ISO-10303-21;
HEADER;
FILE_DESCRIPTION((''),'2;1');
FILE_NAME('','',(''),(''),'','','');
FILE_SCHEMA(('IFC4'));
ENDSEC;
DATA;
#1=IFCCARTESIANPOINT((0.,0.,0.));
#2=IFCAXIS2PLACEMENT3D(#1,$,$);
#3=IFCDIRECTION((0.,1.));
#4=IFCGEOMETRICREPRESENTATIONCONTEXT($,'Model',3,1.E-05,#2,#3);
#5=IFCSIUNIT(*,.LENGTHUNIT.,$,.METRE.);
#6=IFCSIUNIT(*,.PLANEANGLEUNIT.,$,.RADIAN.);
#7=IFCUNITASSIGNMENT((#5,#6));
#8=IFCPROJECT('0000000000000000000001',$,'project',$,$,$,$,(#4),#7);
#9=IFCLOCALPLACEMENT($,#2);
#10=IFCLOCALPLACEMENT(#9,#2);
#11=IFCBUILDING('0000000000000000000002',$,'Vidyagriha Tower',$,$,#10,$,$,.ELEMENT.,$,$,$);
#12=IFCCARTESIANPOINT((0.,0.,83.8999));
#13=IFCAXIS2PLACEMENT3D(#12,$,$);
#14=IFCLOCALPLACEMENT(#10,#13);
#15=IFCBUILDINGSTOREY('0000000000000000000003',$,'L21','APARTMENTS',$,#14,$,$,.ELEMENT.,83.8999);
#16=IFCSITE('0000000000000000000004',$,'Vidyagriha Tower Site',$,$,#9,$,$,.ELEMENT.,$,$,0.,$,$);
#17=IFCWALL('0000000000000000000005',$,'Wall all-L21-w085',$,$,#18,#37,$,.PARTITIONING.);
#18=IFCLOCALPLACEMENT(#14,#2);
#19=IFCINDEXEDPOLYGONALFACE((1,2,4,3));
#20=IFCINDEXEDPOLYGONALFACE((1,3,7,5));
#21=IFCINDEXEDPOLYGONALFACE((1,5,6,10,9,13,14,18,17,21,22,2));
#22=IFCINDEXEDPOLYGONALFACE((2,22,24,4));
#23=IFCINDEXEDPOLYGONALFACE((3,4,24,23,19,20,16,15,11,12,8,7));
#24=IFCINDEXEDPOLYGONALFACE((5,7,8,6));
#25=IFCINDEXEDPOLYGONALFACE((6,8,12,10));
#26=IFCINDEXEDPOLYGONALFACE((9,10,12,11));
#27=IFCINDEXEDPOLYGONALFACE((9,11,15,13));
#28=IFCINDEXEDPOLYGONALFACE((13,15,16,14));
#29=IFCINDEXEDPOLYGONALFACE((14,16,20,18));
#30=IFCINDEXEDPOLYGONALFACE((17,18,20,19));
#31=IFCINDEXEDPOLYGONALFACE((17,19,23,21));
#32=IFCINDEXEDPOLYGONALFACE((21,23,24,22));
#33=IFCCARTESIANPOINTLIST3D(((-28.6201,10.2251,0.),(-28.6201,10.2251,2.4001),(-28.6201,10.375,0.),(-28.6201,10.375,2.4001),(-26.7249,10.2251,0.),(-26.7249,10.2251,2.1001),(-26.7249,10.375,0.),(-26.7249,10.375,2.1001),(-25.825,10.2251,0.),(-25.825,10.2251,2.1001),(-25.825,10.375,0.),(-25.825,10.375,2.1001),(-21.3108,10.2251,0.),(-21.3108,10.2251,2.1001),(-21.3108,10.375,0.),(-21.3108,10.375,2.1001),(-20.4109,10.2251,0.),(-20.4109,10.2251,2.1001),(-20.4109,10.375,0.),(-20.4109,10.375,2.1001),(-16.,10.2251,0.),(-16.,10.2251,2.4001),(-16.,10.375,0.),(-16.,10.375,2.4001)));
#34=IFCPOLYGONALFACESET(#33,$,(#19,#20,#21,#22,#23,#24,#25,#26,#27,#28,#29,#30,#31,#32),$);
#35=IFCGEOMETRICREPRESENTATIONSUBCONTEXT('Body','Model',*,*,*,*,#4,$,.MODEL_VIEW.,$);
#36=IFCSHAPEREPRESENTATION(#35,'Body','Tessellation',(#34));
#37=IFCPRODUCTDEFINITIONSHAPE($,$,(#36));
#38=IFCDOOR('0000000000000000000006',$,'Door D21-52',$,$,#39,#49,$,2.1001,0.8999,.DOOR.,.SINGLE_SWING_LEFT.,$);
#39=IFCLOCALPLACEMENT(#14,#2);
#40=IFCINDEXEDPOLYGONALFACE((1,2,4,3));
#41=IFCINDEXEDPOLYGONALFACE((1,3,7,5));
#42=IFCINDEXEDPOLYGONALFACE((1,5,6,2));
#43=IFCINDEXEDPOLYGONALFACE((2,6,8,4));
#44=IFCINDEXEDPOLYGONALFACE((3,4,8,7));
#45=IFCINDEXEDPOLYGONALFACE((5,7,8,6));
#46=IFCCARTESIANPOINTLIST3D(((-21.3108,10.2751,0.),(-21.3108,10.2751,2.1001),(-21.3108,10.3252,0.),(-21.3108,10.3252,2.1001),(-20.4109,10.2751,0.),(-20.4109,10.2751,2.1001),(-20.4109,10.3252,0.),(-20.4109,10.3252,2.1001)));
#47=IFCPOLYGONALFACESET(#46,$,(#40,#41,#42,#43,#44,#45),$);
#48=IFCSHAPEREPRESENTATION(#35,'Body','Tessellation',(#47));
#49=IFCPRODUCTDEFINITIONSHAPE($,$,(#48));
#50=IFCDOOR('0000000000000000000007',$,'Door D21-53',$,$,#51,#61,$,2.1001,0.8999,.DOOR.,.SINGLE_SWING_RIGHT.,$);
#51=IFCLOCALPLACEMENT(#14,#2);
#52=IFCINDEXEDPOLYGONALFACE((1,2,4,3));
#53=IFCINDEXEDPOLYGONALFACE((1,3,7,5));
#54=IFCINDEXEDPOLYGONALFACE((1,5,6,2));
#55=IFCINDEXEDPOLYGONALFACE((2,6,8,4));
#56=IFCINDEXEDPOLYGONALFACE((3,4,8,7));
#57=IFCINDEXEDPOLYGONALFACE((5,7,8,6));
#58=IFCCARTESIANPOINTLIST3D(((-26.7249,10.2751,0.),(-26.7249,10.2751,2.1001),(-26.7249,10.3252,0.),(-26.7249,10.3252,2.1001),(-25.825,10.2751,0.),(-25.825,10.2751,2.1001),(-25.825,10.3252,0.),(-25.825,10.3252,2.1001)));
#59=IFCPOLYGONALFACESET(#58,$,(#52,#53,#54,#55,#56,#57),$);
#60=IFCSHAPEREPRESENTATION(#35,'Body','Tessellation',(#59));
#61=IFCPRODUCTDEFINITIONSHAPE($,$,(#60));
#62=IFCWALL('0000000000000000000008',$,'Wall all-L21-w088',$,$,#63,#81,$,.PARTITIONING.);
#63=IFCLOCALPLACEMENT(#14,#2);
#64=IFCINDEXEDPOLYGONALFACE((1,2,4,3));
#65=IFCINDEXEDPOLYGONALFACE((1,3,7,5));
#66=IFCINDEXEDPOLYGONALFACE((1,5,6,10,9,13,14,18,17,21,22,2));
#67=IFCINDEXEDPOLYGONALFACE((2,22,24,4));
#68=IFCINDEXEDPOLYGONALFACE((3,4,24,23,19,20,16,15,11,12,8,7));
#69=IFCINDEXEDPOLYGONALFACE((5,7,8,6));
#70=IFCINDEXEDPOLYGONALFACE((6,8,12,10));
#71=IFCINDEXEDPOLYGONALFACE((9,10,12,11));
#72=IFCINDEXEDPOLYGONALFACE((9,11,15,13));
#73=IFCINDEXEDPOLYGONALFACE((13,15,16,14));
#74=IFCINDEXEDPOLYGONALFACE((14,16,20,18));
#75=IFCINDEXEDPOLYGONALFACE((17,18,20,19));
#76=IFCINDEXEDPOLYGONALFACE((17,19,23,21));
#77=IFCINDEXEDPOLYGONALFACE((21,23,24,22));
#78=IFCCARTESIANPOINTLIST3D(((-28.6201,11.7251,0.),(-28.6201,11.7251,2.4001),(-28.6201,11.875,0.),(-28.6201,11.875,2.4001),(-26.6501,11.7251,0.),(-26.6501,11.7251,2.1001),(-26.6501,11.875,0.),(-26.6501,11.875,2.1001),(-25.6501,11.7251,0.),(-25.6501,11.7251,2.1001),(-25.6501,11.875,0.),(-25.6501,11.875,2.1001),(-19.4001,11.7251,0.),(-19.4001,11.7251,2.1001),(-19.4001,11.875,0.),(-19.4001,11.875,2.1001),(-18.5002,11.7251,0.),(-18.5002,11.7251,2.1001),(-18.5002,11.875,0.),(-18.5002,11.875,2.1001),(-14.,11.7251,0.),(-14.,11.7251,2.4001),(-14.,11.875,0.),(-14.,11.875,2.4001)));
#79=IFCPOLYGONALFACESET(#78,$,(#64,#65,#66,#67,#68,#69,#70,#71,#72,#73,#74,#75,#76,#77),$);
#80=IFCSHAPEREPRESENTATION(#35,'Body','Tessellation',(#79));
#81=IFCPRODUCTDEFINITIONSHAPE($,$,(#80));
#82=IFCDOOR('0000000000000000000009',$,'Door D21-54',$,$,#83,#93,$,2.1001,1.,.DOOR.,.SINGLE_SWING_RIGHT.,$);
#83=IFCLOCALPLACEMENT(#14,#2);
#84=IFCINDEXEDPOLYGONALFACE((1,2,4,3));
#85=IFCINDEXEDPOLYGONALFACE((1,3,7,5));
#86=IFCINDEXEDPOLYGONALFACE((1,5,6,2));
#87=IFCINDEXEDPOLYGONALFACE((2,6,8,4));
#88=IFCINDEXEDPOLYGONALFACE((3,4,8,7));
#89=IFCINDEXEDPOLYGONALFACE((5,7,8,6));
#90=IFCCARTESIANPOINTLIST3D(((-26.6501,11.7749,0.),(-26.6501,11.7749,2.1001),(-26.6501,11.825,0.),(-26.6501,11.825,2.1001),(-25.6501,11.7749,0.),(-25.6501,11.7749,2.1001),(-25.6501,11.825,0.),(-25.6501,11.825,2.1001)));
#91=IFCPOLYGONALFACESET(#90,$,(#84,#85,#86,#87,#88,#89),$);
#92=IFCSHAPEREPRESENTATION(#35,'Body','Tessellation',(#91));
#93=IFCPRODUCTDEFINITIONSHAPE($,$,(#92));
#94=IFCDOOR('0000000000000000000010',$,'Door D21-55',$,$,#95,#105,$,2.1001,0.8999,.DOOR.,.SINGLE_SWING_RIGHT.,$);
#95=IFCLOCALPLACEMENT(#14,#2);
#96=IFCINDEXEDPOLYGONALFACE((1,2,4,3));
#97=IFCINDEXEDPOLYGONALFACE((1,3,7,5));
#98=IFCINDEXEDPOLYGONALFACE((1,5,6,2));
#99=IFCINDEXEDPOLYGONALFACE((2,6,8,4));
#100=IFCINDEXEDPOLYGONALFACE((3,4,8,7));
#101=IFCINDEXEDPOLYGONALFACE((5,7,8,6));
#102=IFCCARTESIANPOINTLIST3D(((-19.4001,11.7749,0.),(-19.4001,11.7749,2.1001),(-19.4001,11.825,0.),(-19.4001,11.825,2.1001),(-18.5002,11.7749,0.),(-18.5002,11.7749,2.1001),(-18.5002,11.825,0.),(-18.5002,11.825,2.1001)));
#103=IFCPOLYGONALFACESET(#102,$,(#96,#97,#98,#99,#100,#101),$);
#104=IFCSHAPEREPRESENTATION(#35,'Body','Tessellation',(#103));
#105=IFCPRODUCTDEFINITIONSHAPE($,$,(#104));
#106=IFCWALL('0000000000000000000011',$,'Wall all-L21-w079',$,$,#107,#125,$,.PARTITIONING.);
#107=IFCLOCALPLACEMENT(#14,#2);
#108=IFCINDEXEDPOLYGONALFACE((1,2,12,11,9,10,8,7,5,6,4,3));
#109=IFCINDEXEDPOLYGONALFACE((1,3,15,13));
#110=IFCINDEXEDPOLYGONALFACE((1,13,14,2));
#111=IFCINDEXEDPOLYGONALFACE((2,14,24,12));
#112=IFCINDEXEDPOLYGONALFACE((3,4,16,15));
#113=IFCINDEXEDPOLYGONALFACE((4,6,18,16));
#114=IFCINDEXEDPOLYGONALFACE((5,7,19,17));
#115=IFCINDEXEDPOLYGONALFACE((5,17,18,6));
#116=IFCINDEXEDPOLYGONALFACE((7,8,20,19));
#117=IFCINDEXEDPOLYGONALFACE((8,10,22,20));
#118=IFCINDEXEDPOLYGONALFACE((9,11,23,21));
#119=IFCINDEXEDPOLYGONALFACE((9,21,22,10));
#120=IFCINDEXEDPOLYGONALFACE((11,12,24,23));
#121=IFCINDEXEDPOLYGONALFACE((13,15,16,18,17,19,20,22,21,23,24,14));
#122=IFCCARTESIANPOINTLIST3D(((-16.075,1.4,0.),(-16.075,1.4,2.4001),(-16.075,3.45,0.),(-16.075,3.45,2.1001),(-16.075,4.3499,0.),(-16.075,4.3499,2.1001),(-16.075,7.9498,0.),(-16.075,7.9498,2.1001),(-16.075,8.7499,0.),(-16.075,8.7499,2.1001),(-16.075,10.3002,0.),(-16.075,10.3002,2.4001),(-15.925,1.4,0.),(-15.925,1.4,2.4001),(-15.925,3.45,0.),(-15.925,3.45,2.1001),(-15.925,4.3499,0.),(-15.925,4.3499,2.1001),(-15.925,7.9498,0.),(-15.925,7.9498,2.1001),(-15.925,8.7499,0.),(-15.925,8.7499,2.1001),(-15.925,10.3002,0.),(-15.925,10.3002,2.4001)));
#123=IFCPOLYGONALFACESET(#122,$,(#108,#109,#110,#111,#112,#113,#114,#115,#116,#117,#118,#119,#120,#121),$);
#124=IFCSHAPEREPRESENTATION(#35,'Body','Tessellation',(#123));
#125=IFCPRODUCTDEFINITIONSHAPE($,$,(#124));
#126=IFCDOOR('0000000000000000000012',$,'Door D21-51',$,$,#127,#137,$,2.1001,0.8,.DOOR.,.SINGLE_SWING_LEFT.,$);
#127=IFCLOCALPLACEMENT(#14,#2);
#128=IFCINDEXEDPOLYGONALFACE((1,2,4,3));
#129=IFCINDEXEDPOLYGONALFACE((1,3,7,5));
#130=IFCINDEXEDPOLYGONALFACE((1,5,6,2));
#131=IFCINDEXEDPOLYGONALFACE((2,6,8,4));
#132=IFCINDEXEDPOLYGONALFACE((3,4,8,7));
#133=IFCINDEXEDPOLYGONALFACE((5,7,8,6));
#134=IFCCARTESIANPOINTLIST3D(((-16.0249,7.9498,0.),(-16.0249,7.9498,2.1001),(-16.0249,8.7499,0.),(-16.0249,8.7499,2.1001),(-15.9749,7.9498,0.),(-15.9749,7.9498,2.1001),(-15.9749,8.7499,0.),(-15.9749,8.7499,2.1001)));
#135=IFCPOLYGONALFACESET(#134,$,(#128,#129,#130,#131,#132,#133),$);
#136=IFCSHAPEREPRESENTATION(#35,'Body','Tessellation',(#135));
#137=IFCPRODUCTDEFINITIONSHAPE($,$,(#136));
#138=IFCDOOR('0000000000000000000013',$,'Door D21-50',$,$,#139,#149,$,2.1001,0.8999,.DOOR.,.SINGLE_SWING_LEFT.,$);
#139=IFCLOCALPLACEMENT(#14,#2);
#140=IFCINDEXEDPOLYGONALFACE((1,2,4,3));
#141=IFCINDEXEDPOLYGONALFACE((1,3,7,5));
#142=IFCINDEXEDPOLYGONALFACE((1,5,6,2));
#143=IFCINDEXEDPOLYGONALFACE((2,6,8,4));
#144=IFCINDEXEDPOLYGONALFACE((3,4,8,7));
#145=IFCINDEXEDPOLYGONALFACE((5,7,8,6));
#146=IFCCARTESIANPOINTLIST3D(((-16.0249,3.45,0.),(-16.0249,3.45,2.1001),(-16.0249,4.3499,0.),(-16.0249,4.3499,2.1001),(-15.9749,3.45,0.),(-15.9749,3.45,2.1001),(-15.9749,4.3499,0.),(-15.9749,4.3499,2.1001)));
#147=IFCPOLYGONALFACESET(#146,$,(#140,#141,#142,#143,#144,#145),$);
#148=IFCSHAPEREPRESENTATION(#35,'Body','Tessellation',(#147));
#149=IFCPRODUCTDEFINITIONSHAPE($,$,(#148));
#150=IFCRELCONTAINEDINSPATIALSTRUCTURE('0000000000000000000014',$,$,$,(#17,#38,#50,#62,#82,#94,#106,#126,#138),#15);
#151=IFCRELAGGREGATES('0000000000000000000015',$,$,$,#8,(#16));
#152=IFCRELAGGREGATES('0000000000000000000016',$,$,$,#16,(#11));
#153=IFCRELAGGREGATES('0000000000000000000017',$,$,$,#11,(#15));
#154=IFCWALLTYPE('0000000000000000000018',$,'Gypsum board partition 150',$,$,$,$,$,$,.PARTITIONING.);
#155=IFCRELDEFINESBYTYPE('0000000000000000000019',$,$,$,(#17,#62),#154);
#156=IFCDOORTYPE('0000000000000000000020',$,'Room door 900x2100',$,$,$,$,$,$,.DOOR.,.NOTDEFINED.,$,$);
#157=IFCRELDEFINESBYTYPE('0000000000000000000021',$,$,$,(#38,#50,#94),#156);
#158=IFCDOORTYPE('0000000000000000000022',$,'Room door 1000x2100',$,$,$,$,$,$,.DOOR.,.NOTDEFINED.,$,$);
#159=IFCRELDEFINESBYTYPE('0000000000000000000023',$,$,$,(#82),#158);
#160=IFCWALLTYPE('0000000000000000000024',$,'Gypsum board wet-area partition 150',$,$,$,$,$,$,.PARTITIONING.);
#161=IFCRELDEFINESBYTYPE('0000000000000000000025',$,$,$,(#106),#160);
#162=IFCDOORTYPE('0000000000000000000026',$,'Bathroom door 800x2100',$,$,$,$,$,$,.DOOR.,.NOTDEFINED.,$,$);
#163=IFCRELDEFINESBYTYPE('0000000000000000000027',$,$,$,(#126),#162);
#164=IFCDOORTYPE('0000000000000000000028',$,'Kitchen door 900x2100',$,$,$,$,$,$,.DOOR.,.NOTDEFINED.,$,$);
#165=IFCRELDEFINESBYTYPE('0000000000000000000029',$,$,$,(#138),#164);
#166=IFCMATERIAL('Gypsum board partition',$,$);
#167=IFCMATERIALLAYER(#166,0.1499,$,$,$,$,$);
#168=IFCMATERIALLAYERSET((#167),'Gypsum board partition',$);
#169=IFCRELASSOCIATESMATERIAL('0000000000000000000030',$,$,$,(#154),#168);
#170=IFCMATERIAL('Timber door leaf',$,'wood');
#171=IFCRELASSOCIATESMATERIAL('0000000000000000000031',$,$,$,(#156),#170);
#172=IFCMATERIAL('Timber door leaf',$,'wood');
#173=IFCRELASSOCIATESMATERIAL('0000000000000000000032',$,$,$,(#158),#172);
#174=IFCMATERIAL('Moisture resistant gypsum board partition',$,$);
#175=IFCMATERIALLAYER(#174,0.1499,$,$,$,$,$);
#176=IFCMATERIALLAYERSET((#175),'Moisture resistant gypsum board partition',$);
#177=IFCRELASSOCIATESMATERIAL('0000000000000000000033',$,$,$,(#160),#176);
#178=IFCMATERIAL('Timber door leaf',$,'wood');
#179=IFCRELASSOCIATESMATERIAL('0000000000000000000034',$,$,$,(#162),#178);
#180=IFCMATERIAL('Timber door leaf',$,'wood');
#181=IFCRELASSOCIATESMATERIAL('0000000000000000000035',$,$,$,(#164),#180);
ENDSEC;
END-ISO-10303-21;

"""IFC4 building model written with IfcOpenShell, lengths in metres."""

from ifc_helpers import new_model, si_unit, direction, frame, frame_2d, origin, place, context, subcontext, project, spatial, rectangle, extrude, material, layer, layer_set, type_object, element, fill, save


model = new_model("IFC4")

# Units and contexts
model_context = context("Model", 3, precision=1e-05, world=origin(), true_north=direction((0.0, 1.0)))
body_context = subcontext(model_context, "Body", "Model", "MODEL_VIEW")
ifc_project = project(units=[si_unit("LENGTHUNIT", "METRE"), si_unit("PLANEANGLEUNIT", "RADIAN")], contexts=[model_context])

# Site, building, storey
site_placement = place(None, origin())
site = spatial("IfcSite", under=ifc_project, at=site_placement, Name="Vidyagriha Tower Site", CompositionType="ELEMENT", RefElevation=0.0)
building_placement = place(site_placement, origin())
building = spatial("IfcBuilding", under=site, at=building_placement, Name="Vidyagriha Tower", CompositionType="ELEMENT")
storey_placement = place(building_placement, frame((0.0, 0.0, 83.8999)))
storey = spatial("IfcBuildingStorey", under=building, at=storey_placement, Name="L21", Description="APARTMENTS", CompositionType="ELEMENT", Elevation=83.8999)

# Shared definitions
ifc_material_1 = material(Name="Gypsum board partition")
ifc_layer_1 = layer(ifc_material_1, 0.1499)
ifc_layer_set_1 = layer_set([ifc_layer_1], Name="Gypsum board partition")
wall_type_1 = type_object("IfcWallType", Name="Gypsum board partition 150", PredefinedType="PARTITIONING", material=ifc_layer_set_1)

# Walls, openings, doors
wall_1_placement = place(storey_placement, frame((-16.0, 10.3, 0.0), z_axis=(0.0, 0.0, 1.0), x_axis=(-1.0, 0.0, 0.0)))
wall_1 = element("IfcWall", 1, at=wall_1_placement, inside=storey, type_object=wall_type_1, Name="Wall all-L21-w085", PredefinedType="PARTITIONING", context=body_context, shape_type="SweptSolid", body=[
    extrude(rectangle(XDim=12.6201, YDim=0.1499, at=frame_2d((6.3101, 0.0))), origin(), (0.0, 0.0, 1.0), 2.4001),
])
opening_1_placement = place(wall_1_placement, frame((4.4109, 0.0, 0.0)))
opening_1 = element("IfcOpeningElement", 2, at=opening_1_placement, cuts=wall_1, PredefinedType="OPENING", context=body_context, shape_type="SweptSolid", body=[
    extrude(rectangle(XDim=0.8999, YDim=2.1001, at=frame_2d((0.45, 1.05))), frame((0.0, 0.085, 0.0), z_axis=(0.0, -1.0, 0.0), x_axis=(1.0, 0.0, 0.0)), (0.0, 0.0, 1.0), 0.1699),
])
opening_2_placement = place(wall_1_placement, frame((9.825, 0.0, 0.0)))
opening_2 = element("IfcOpeningElement", 3, at=opening_2_placement, cuts=wall_1, PredefinedType="OPENING", context=body_context, shape_type="SweptSolid", body=[
    extrude(rectangle(XDim=0.8999, YDim=2.1001, at=frame_2d((0.45, 1.05))), frame((0.0, 0.085, 0.0), z_axis=(0.0, -1.0, 0.0), x_axis=(1.0, 0.0, 0.0)), (0.0, 0.0, 1.0), 0.1699),
])
ifc_material_2 = material(Name="Timber door leaf", Category="wood")
door_type_1 = type_object("IfcDoorType", Name="Room door 900x2100", OperationType="NOTDEFINED", PredefinedType="DOOR", material=ifc_material_2)
door_1_placement = place(opening_1_placement, origin())
door_1 = element("IfcDoor", 4, at=door_1_placement, inside=storey, type_object=door_type_1, Name="Door D21-52", OperationType="SINGLE_SWING_LEFT", OverallHeight=2.1001, OverallWidth=0.8999, PredefinedType="DOOR", context=body_context, shape_type="SweptSolid", body=[
    extrude(rectangle(XDim=0.8999, YDim=2.1001, at=frame_2d((0.45, 1.05))), frame((0.0, 0.0249, 0.0), z_axis=(0.0, -1.0, 0.0), x_axis=(1.0, 0.0, 0.0)), (0.0, 0.0, 1.0), 0.05),
])
fill(opening_1, door_1)
door_2_placement = place(opening_2_placement, origin())
door_2 = element("IfcDoor", 5, at=door_2_placement, inside=storey, type_object=door_type_1, Name="Door D21-53", OperationType="SINGLE_SWING_RIGHT", OverallHeight=2.1001, OverallWidth=0.8999, PredefinedType="DOOR", context=body_context, shape_type="SweptSolid", body=[
    extrude(rectangle(XDim=0.8999, YDim=2.1001, at=frame_2d((0.45, 1.05))), frame((0.0, 0.0249, 0.0), z_axis=(0.0, -1.0, 0.0), x_axis=(1.0, 0.0, 0.0)), (0.0, 0.0, 1.0), 0.05),
])
fill(opening_2, door_2)
wall_2_placement = place(storey_placement, frame((-28.6201, 11.8, 0.0)))
wall_2 = element("IfcWall", 6, at=wall_2_placement, inside=storey, type_object=wall_type_1, Name="Wall all-L21-w088", PredefinedType="PARTITIONING", context=body_context, shape_type="SweptSolid", body=[
    extrude(rectangle(XDim=14.6201, YDim=0.1499, at=frame_2d((7.3101, 0.0))), origin(), (0.0, 0.0, 1.0), 2.4001),
])
opening_3_placement = place(wall_2_placement, frame((1.97, 0.0, 0.0)))
opening_3 = element("IfcOpeningElement", 7, at=opening_3_placement, cuts=wall_2, PredefinedType="OPENING", context=body_context, shape_type="SweptSolid", body=[
    extrude(rectangle(XDim=1.0, YDim=2.1001, at=frame_2d((0.5, 1.05))), frame((0.0, 0.085, 0.0), z_axis=(0.0, -1.0, 0.0), x_axis=(1.0, 0.0, 0.0)), (0.0, 0.0, 1.0), 0.1699),
])
opening_4_placement = place(wall_2_placement, frame((9.22, 0.0, 0.0)))
opening_4 = element("IfcOpeningElement", 8, at=opening_4_placement, cuts=wall_2, PredefinedType="OPENING", context=body_context, shape_type="SweptSolid", body=[
    extrude(rectangle(XDim=0.8999, YDim=2.1001, at=frame_2d((0.45, 1.05))), frame((0.0, 0.085, 0.0), z_axis=(0.0, -1.0, 0.0), x_axis=(1.0, 0.0, 0.0)), (0.0, 0.0, 1.0), 0.1699),
])
ifc_material_3 = material(Name="Timber door leaf", Category="wood")
door_type_2 = type_object("IfcDoorType", Name="Room door 1000x2100", OperationType="NOTDEFINED", PredefinedType="DOOR", material=ifc_material_3)
door_3_placement = place(opening_3_placement, origin())
door_3 = element("IfcDoor", 9, at=door_3_placement, inside=storey, type_object=door_type_2, Name="Door D21-54", OperationType="SINGLE_SWING_RIGHT", OverallHeight=2.1001, OverallWidth=1.0, PredefinedType="DOOR", context=body_context, shape_type="SweptSolid", body=[
    extrude(rectangle(XDim=1.0, YDim=2.1001, at=frame_2d((0.5, 1.05))), frame((0.0, 0.0249, 0.0), z_axis=(0.0, -1.0, 0.0), x_axis=(1.0, 0.0, 0.0)), (0.0, 0.0, 1.0), 0.05),
])
fill(opening_3, door_3)
door_4_placement = place(opening_4_placement, origin())
door_4 = element("IfcDoor", 10, at=door_4_placement, inside=storey, type_object=door_type_1, Name="Door D21-55", OperationType="SINGLE_SWING_RIGHT", OverallHeight=2.1001, OverallWidth=0.8999, PredefinedType="DOOR", context=body_context, shape_type="SweptSolid", body=[
    extrude(rectangle(XDim=0.8999, YDim=2.1001, at=frame_2d((0.45, 1.05))), frame((0.0, 0.0249, 0.0), z_axis=(0.0, -1.0, 0.0), x_axis=(1.0, 0.0, 0.0)), (0.0, 0.0, 1.0), 0.05),
])
fill(opening_4, door_4)
ifc_material_4 = material(Name="Moisture resistant gypsum board partition")
ifc_layer_2 = layer(ifc_material_4, 0.1499)
ifc_layer_set_2 = layer_set([ifc_layer_2], Name="Moisture resistant gypsum board partition")
wall_type_2 = type_object("IfcWallType", Name="Gypsum board wet-area partition 150", PredefinedType="PARTITIONING", material=ifc_layer_set_2)
wall_3_placement = place(storey_placement, frame((-16.0, 1.3999, 0.0), z_axis=(0.0, 0.0, 1.0), x_axis=(0.0, 1.0, 0.0)))
wall_3 = element("IfcWall", 11, at=wall_3_placement, inside=storey, type_object=wall_type_2, Name="Wall all-L21-w079", PredefinedType="PARTITIONING", context=body_context, shape_type="SweptSolid", body=[
    extrude(rectangle(XDim=8.9001, YDim=0.1499, at=frame_2d((4.4502, 0.0))), origin(), (0.0, 0.0, 1.0), 2.4001),
])
opening_5_placement = place(wall_3_placement, frame((2.05, 0.0, 0.0)))
opening_5 = element("IfcOpeningElement", 12, at=opening_5_placement, cuts=wall_3, PredefinedType="OPENING", context=body_context, shape_type="SweptSolid", body=[
    extrude(rectangle(XDim=0.8999, YDim=2.1001, at=frame_2d((0.45, 1.05))), frame((0.0, 0.085, 0.0), z_axis=(0.0, -1.0, 0.0), x_axis=(1.0, 0.0, 0.0)), (0.0, 0.0, 1.0), 0.1699),
])
opening_6_placement = place(wall_3_placement, frame((6.55, 0.0, 0.0)))
opening_6 = element("IfcOpeningElement", 13, at=opening_6_placement, cuts=wall_3, PredefinedType="OPENING", context=body_context, shape_type="SweptSolid", body=[
    extrude(rectangle(XDim=0.8, YDim=2.1001, at=frame_2d((0.3999, 1.05))), frame((0.0, 0.085, 0.0), z_axis=(0.0, -1.0, 0.0), x_axis=(1.0, 0.0, 0.0)), (0.0, 0.0, 1.0), 0.1699),
])
ifc_material_5 = material(Name="Timber door leaf", Category="wood")
door_type_3 = type_object("IfcDoorType", Name="Bathroom door 800x2100", OperationType="NOTDEFINED", PredefinedType="DOOR", material=ifc_material_5)
door_5_placement = place(opening_6_placement, origin())
door_5 = element("IfcDoor", 14, at=door_5_placement, inside=storey, type_object=door_type_3, Name="Door D21-51", OperationType="SINGLE_SWING_LEFT", OverallHeight=2.1001, OverallWidth=0.8, PredefinedType="DOOR", context=body_context, shape_type="SweptSolid", body=[
    extrude(rectangle(XDim=0.8, YDim=2.1001, at=frame_2d((0.3999, 1.05))), frame((0.0, 0.0249, 0.0), z_axis=(0.0, -1.0, 0.0), x_axis=(1.0, 0.0, 0.0)), (0.0, 0.0, 1.0), 0.05),
])
fill(opening_6, door_5)
ifc_material_6 = material(Name="Timber door leaf", Category="wood")
door_type_4 = type_object("IfcDoorType", Name="Kitchen door 900x2100", OperationType="NOTDEFINED", PredefinedType="DOOR", material=ifc_material_6)
door_6_placement = place(opening_5_placement, origin())
door_6 = element("IfcDoor", 15, at=door_6_placement, inside=storey, type_object=door_type_4, Name="Door D21-50", OperationType="SINGLE_SWING_LEFT", OverallHeight=2.1001, OverallWidth=0.8999, PredefinedType="DOOR", context=body_context, shape_type="SweptSolid", body=[
    extrude(rectangle(XDim=0.8999, YDim=2.1001, at=frame_2d((0.45, 1.05))), frame((0.0, 0.0249, 0.0), z_axis=(0.0, -1.0, 0.0), x_axis=(1.0, 0.0, 0.0)), (0.0, 0.0, 1.0), 0.05),
])
fill(opening_5, door_6)

save(model, "model.ifc")
